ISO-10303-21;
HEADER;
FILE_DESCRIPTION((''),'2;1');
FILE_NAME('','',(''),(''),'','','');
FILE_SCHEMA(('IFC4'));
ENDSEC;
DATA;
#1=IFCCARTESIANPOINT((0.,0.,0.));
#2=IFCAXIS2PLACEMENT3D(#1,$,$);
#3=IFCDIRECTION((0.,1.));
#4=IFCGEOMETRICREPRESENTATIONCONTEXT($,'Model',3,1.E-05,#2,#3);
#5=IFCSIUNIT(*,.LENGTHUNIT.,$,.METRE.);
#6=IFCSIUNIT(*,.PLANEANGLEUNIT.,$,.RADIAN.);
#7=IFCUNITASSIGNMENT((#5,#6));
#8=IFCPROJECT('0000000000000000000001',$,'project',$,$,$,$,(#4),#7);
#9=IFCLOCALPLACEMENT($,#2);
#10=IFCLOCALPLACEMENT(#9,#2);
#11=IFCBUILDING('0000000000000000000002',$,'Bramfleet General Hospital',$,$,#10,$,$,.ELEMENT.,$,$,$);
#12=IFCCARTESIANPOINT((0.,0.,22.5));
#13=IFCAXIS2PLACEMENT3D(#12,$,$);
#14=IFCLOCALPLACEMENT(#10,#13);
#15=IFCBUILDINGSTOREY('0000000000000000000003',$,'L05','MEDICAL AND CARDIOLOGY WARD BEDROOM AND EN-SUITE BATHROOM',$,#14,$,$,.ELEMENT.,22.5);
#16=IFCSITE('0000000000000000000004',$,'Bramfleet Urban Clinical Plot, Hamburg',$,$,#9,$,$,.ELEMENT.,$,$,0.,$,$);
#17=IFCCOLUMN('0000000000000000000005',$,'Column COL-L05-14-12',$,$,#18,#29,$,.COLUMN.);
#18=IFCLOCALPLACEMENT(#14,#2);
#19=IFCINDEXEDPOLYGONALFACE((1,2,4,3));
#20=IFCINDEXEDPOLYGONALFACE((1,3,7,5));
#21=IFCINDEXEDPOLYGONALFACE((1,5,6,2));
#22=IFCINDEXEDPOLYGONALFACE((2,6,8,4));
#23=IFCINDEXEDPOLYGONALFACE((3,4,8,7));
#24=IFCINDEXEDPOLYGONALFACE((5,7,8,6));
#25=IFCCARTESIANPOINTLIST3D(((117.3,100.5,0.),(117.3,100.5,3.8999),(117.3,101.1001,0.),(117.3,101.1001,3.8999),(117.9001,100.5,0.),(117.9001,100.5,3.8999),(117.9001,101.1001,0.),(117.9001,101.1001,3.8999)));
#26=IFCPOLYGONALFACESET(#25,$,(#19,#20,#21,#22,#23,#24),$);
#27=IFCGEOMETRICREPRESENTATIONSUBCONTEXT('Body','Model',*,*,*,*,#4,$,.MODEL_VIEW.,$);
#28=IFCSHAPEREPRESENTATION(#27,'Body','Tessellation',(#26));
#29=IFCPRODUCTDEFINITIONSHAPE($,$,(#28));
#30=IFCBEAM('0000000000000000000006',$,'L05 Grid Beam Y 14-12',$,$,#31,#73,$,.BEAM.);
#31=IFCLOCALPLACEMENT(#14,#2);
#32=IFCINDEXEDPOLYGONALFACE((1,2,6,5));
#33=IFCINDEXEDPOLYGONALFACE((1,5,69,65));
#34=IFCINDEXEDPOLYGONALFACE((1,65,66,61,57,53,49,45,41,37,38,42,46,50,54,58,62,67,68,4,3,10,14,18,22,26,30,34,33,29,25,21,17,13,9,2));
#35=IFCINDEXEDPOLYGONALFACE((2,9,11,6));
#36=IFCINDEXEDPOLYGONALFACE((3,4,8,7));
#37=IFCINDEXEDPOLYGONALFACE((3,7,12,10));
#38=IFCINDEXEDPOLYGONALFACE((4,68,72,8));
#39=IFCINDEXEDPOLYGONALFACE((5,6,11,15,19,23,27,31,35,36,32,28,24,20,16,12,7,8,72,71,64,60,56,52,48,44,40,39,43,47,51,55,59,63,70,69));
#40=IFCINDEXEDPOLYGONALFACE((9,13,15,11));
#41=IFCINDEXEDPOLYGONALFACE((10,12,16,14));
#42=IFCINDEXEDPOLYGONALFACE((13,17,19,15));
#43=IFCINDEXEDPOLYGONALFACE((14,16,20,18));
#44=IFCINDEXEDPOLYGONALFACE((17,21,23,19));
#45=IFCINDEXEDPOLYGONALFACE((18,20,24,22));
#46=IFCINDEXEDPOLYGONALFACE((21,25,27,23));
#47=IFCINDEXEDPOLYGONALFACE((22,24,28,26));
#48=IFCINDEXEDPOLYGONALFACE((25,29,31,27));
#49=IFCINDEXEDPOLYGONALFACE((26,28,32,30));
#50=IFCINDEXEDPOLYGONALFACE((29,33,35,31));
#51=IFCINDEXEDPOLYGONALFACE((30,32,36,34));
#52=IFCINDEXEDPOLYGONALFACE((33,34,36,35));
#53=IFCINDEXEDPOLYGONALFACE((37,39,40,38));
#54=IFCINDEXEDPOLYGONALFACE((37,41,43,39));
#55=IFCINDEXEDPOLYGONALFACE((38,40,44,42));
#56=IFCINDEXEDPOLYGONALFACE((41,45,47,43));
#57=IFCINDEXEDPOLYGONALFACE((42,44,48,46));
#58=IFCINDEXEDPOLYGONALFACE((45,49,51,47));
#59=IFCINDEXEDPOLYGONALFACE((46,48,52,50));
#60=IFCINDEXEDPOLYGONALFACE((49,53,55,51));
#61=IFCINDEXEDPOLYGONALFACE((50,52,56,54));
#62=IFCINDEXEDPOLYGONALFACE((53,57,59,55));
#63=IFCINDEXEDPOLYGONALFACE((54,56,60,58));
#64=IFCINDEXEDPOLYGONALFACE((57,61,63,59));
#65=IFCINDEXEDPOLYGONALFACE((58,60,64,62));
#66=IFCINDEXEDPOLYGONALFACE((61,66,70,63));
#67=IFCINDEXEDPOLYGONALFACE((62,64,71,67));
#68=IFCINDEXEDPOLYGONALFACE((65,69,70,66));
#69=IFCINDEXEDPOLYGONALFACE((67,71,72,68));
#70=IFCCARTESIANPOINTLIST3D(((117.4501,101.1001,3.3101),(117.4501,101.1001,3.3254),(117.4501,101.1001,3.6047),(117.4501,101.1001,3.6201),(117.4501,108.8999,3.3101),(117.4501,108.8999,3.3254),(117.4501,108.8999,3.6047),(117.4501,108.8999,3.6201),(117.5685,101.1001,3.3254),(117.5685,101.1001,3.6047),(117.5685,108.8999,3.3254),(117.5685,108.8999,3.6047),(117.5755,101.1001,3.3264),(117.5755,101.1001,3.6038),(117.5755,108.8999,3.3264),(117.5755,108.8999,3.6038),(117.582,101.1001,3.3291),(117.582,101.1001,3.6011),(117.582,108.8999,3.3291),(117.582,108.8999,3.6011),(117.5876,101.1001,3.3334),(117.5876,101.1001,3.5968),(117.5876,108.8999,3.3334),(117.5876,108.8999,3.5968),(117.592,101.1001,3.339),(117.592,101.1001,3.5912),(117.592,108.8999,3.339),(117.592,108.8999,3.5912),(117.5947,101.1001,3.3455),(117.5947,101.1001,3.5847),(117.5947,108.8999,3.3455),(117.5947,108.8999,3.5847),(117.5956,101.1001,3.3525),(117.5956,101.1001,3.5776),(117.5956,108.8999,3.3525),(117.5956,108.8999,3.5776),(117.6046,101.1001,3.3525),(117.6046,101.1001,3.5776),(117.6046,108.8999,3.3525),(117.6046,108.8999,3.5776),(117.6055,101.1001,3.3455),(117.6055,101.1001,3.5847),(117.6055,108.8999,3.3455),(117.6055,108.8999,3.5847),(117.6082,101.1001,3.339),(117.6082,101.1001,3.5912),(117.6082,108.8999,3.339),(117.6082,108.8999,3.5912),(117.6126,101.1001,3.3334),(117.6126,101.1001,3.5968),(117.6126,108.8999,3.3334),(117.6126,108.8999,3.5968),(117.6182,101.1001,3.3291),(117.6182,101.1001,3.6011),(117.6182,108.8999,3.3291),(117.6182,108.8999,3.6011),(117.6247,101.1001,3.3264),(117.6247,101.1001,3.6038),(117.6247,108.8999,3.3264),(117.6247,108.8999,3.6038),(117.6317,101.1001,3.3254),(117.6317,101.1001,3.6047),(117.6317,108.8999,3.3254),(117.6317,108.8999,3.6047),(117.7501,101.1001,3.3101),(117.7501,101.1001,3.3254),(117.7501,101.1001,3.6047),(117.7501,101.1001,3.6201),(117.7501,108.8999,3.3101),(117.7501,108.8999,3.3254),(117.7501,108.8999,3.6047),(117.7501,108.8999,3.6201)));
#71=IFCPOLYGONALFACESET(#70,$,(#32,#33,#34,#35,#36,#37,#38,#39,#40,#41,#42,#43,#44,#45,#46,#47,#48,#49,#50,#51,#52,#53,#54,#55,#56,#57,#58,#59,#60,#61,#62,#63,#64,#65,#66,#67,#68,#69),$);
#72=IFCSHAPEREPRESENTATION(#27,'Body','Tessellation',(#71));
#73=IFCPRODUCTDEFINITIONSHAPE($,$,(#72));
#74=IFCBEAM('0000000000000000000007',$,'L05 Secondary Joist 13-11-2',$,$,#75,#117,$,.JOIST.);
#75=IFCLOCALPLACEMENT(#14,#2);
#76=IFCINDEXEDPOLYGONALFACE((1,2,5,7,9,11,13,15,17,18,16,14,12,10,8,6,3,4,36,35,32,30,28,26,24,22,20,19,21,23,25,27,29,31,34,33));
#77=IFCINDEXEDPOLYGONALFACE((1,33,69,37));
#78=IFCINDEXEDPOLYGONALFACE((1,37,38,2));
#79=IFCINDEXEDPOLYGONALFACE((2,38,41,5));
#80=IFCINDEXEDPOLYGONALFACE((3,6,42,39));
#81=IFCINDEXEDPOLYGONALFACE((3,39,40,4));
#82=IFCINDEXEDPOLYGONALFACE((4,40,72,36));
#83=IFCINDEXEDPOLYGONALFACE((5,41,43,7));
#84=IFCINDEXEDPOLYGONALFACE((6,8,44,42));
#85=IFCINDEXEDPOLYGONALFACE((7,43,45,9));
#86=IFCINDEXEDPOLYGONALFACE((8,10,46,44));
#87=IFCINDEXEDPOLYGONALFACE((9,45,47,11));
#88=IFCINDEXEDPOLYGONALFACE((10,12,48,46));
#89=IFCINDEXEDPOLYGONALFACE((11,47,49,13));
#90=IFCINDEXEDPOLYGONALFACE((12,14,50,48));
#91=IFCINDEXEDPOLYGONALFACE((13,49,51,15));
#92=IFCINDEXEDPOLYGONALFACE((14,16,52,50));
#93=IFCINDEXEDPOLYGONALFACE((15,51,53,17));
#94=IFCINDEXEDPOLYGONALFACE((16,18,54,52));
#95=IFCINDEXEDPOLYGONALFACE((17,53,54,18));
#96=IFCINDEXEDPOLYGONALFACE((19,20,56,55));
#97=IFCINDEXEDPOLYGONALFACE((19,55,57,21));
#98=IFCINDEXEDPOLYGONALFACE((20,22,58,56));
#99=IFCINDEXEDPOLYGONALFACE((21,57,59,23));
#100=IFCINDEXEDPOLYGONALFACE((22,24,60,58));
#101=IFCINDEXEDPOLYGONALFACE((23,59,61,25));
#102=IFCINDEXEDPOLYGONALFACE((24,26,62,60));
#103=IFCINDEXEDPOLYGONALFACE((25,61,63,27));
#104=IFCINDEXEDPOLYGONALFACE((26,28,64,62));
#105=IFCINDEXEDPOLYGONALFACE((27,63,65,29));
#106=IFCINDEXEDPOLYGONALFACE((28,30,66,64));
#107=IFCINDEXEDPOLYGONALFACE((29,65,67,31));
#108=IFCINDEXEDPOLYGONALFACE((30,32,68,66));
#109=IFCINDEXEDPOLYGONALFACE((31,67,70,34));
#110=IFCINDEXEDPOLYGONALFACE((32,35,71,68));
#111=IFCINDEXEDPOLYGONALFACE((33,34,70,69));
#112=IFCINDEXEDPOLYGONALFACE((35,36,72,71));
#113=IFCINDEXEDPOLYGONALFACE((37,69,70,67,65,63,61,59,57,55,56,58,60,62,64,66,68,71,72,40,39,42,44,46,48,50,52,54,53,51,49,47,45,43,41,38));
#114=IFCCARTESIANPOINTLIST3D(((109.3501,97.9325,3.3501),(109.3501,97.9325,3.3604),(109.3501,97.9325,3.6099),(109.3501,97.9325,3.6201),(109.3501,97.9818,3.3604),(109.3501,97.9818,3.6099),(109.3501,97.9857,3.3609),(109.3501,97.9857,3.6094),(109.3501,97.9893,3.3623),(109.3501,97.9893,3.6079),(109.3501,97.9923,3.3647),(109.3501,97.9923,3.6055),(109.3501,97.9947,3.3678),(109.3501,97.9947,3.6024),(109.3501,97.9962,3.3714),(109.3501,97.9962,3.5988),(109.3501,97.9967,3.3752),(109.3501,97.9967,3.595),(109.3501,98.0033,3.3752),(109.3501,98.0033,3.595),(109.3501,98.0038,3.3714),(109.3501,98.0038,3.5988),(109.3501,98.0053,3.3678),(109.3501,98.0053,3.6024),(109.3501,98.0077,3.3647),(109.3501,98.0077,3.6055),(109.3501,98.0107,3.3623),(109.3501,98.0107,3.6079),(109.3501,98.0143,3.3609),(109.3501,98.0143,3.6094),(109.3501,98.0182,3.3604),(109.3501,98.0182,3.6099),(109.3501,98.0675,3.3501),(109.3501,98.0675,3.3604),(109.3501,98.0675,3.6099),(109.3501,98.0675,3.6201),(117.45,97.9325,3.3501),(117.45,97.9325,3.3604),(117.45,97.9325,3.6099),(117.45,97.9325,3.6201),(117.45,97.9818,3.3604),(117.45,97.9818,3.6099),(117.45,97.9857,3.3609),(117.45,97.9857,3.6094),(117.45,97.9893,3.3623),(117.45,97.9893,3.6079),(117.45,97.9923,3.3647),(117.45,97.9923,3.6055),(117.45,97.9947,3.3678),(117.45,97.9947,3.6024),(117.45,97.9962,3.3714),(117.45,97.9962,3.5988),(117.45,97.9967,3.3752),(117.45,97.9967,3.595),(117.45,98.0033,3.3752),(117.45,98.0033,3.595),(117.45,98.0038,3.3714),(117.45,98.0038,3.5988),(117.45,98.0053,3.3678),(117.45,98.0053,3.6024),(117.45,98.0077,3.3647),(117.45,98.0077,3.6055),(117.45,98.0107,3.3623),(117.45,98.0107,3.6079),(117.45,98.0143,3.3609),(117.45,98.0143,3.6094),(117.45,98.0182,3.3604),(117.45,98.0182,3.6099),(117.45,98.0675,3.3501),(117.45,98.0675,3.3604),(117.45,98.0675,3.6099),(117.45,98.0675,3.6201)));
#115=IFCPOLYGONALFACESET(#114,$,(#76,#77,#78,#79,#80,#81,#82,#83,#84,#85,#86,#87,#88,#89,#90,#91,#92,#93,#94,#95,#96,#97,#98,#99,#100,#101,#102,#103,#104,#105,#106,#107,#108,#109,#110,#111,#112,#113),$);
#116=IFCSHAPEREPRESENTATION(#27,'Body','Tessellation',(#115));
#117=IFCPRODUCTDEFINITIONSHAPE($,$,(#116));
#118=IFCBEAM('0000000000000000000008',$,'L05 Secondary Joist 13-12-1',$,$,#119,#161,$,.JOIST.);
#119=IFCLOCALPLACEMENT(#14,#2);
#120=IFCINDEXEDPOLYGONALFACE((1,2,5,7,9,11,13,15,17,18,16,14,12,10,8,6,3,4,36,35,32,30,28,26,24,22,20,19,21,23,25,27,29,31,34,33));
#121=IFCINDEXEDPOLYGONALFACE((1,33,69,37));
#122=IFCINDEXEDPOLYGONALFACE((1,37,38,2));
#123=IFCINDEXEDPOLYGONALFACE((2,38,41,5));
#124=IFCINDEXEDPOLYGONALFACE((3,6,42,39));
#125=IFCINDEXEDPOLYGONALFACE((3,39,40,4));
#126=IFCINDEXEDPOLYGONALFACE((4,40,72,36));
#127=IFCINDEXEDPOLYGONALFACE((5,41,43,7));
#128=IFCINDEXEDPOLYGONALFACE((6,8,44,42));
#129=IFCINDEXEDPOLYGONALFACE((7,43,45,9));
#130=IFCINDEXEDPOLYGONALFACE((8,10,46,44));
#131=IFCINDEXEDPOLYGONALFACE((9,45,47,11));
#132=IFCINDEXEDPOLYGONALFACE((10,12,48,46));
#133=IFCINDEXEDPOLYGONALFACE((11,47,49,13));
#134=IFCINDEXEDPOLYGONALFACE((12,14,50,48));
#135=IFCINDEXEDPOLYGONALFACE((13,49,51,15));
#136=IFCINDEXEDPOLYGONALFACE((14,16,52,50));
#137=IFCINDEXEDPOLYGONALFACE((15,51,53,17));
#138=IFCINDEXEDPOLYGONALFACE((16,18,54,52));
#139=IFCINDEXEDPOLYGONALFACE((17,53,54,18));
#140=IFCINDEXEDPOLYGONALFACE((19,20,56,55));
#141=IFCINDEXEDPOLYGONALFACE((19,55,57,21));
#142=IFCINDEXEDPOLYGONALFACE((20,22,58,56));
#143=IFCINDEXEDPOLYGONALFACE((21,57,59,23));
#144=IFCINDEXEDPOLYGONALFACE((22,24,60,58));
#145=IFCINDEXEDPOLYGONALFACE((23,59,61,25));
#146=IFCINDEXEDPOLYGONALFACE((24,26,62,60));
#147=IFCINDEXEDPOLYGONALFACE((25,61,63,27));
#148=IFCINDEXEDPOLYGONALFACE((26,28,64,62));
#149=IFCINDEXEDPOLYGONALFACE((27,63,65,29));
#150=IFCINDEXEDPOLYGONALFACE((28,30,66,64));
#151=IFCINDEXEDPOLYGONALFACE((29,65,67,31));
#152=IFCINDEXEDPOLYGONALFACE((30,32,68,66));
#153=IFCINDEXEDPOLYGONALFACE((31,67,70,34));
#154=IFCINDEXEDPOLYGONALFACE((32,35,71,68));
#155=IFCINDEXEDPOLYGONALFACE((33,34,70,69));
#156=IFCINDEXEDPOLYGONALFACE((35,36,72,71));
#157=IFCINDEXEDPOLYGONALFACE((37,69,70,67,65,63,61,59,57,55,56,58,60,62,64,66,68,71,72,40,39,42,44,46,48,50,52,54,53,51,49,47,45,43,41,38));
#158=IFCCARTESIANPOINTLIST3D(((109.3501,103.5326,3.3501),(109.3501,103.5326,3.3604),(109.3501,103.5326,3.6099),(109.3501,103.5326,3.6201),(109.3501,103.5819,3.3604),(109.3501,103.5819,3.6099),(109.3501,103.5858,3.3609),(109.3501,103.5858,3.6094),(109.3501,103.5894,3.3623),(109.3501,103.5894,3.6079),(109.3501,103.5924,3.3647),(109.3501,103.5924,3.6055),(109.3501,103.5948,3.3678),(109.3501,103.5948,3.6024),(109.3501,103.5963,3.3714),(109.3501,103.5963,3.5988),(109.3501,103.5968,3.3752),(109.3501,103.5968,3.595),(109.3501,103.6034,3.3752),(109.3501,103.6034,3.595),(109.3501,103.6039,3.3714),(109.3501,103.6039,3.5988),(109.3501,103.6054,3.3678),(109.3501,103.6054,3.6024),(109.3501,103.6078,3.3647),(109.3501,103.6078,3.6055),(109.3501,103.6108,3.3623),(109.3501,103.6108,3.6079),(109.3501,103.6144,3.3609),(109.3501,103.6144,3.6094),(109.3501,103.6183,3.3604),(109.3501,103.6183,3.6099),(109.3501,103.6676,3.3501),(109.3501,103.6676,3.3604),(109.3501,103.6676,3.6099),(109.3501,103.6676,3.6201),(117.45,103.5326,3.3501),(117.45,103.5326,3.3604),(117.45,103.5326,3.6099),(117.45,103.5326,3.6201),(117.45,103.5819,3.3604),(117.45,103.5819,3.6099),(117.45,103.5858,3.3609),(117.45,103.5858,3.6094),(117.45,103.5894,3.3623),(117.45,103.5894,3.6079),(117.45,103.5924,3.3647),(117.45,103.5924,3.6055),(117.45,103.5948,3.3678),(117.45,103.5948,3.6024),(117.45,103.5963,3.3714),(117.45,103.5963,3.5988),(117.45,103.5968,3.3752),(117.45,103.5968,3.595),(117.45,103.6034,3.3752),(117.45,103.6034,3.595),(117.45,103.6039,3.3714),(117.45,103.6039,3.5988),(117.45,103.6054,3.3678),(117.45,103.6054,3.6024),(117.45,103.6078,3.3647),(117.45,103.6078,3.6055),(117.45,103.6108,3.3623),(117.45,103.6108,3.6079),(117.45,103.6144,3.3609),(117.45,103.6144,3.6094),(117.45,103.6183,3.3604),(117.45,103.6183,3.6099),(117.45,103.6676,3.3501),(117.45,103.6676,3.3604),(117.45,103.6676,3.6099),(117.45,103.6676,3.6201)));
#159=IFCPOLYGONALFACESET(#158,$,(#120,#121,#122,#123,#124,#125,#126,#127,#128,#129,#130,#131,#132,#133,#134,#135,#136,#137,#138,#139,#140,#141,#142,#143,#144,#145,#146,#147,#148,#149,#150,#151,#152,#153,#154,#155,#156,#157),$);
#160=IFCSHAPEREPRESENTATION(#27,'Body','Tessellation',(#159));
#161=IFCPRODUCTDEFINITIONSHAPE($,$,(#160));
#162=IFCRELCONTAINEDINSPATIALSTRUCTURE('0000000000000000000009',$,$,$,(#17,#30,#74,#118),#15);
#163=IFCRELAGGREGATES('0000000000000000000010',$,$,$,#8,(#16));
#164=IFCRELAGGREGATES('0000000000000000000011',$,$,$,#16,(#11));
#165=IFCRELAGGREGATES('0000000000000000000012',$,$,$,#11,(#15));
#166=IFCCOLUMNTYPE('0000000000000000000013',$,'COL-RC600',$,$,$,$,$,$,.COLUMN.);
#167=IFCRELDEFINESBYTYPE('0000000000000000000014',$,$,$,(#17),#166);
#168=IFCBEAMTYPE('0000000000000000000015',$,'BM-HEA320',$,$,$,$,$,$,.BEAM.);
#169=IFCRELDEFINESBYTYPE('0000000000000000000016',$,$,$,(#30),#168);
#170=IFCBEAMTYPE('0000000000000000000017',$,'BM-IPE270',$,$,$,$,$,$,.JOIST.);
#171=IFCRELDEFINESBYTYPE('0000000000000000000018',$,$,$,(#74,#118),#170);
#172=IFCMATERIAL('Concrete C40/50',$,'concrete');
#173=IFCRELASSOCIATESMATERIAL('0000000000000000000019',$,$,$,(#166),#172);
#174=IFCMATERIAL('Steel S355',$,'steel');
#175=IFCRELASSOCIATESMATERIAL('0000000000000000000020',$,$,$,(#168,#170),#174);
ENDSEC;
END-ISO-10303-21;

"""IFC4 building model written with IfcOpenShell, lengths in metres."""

from ifc_helpers import new_model, si_unit, direction, frame, origin, origin_2d, place, context, subcontext, project, spatial, rectangle, i_section, extrude, material, material_profile, profile_set, type_object, element, save


model = new_model("IFC4")

# Units and contexts
model_context = context("Model", 3, precision=1e-05, world=origin(), true_north=direction((0.0, 1.0)))
body_context = subcontext(model_context, "Body", "Model", "MODEL_VIEW")
ifc_project = project(units=[si_unit("LENGTHUNIT", "METRE"), si_unit("PLANEANGLEUNIT", "RADIAN")], contexts=[model_context])

# Site, building, storey
site_placement = place(None, origin())
site = spatial("IfcSite", under=ifc_project, at=site_placement, Name="Bramfleet Urban Clinical Plot, Hamburg", CompositionType="ELEMENT", RefElevation=0.0)
building_placement = place(site_placement, origin())
building = spatial("IfcBuilding", under=site, at=building_placement, Name="Bramfleet General Hospital", CompositionType="ELEMENT")
storey_placement = place(building_placement, frame((0.0, 0.0, 22.5)))
storey = spatial("IfcBuildingStorey", under=building, at=storey_placement, Name="L05", Description="MEDICAL AND CARDIOLOGY WARD BEDROOM AND EN-SUITE BATHROOM", CompositionType="ELEMENT", Elevation=22.5)

# Column
ifc_material_1 = material(Name="Concrete C40/50", Category="concrete")
ifc_material_profile_1 = material_profile(ifc_material_1, rectangle(XDim=0.6001, YDim=0.6001, at=origin_2d()), Name="RC COL 600x600")
ifc_profile_set_1 = profile_set([ifc_material_profile_1], Name="Concrete C40/50")
column_type = type_object("IfcColumnType", Name="COL-RC600", PredefinedType="COLUMN", material=ifc_profile_set_1)
column_placement = place(storey_placement, frame((117.6001, 100.8, 0.0), z_axis=(0.0, 0.0, 1.0), x_axis=(1.0, 0.0, 0.0)))
element("IfcColumn", 1, at=column_placement, inside=storey, type_object=column_type, Name="Column COL-L05-14-12", PredefinedType="COLUMN", context=body_context, shape_type="SweptSolid", body=[
    extrude(rectangle(XDim=0.6001, YDim=0.6001, at=origin_2d()), origin(), (0.0, 0.0, 1.0), 3.8999),
])

# Beams
ifc_material_2 = material(Name="Steel S355", Category="steel")
ifc_material_profile_2 = material_profile(ifc_material_2, i_section(OverallWidth=0.3, OverallDepth=0.3101, WebThickness=0.009, FlangeThickness=0.0154, FilletRadius=0.0271, at=origin_2d()), Name="HEA 320")
ifc_profile_set_2 = profile_set([ifc_material_profile_2], Name="Steel S355")
beam_type_1 = type_object("IfcBeamType", Name="BM-HEA320", PredefinedType="BEAM", material=ifc_profile_set_2)
beam_1_placement = place(storey_placement, frame((117.6001, 101.1001, 3.4651), z_axis=(0.0, 1.0, 0.0), x_axis=(-1.0, 0.0, 0.0)))
element("IfcBeam", 2, at=beam_1_placement, inside=storey, type_object=beam_type_1, Name="L05 Grid Beam Y 14-12", PredefinedType="BEAM", context=body_context, shape_type="SweptSolid", body=[
    extrude(i_section(OverallWidth=0.3, OverallDepth=0.3101, WebThickness=0.009, FlangeThickness=0.0154, FilletRadius=0.0271, at=origin_2d()), origin(), (0.0, 0.0, 1.0), 7.7998),
])
ifc_material_profile_3 = material_profile(ifc_material_2, i_section(OverallWidth=0.135, OverallDepth=0.27, WebThickness=0.0066, FlangeThickness=0.0103, FilletRadius=0.0149, at=origin_2d()), Name="IPE 270")
ifc_profile_set_3 = profile_set([ifc_material_profile_3], Name="Steel S355")
beam_type_2 = type_object("IfcBeamType", Name="BM-IPE270", PredefinedType="JOIST", material=ifc_profile_set_3)
for number, where, z_axis, x_axis, name in (
    (3, (109.3501, 98.0, 3.4851), (1.0, 0.0, 0.0), (0.0, 1.0, 0.0), "L05 Secondary Joist 13-11-2"),
    (4, (109.3501, 103.6001, 3.4851), (1.0, 0.0, 0.0), (0.0, 1.0, 0.0), "L05 Secondary Joist 13-12-1"),
):
    element("IfcBeam", number, at=place(storey_placement, frame(where, z_axis=z_axis, x_axis=x_axis)), inside=storey, type_object=beam_type_2, Name=name, PredefinedType="JOIST", context=body_context, shape_type="SweptSolid", body=[
        extrude(i_section(OverallWidth=0.135, OverallDepth=0.27, WebThickness=0.0066, FlangeThickness=0.0103, FilletRadius=0.0149, at=origin_2d()), origin(), (0.0, 0.0, 1.0), 8.0999),
    ])

save(model, "model.ifc")
